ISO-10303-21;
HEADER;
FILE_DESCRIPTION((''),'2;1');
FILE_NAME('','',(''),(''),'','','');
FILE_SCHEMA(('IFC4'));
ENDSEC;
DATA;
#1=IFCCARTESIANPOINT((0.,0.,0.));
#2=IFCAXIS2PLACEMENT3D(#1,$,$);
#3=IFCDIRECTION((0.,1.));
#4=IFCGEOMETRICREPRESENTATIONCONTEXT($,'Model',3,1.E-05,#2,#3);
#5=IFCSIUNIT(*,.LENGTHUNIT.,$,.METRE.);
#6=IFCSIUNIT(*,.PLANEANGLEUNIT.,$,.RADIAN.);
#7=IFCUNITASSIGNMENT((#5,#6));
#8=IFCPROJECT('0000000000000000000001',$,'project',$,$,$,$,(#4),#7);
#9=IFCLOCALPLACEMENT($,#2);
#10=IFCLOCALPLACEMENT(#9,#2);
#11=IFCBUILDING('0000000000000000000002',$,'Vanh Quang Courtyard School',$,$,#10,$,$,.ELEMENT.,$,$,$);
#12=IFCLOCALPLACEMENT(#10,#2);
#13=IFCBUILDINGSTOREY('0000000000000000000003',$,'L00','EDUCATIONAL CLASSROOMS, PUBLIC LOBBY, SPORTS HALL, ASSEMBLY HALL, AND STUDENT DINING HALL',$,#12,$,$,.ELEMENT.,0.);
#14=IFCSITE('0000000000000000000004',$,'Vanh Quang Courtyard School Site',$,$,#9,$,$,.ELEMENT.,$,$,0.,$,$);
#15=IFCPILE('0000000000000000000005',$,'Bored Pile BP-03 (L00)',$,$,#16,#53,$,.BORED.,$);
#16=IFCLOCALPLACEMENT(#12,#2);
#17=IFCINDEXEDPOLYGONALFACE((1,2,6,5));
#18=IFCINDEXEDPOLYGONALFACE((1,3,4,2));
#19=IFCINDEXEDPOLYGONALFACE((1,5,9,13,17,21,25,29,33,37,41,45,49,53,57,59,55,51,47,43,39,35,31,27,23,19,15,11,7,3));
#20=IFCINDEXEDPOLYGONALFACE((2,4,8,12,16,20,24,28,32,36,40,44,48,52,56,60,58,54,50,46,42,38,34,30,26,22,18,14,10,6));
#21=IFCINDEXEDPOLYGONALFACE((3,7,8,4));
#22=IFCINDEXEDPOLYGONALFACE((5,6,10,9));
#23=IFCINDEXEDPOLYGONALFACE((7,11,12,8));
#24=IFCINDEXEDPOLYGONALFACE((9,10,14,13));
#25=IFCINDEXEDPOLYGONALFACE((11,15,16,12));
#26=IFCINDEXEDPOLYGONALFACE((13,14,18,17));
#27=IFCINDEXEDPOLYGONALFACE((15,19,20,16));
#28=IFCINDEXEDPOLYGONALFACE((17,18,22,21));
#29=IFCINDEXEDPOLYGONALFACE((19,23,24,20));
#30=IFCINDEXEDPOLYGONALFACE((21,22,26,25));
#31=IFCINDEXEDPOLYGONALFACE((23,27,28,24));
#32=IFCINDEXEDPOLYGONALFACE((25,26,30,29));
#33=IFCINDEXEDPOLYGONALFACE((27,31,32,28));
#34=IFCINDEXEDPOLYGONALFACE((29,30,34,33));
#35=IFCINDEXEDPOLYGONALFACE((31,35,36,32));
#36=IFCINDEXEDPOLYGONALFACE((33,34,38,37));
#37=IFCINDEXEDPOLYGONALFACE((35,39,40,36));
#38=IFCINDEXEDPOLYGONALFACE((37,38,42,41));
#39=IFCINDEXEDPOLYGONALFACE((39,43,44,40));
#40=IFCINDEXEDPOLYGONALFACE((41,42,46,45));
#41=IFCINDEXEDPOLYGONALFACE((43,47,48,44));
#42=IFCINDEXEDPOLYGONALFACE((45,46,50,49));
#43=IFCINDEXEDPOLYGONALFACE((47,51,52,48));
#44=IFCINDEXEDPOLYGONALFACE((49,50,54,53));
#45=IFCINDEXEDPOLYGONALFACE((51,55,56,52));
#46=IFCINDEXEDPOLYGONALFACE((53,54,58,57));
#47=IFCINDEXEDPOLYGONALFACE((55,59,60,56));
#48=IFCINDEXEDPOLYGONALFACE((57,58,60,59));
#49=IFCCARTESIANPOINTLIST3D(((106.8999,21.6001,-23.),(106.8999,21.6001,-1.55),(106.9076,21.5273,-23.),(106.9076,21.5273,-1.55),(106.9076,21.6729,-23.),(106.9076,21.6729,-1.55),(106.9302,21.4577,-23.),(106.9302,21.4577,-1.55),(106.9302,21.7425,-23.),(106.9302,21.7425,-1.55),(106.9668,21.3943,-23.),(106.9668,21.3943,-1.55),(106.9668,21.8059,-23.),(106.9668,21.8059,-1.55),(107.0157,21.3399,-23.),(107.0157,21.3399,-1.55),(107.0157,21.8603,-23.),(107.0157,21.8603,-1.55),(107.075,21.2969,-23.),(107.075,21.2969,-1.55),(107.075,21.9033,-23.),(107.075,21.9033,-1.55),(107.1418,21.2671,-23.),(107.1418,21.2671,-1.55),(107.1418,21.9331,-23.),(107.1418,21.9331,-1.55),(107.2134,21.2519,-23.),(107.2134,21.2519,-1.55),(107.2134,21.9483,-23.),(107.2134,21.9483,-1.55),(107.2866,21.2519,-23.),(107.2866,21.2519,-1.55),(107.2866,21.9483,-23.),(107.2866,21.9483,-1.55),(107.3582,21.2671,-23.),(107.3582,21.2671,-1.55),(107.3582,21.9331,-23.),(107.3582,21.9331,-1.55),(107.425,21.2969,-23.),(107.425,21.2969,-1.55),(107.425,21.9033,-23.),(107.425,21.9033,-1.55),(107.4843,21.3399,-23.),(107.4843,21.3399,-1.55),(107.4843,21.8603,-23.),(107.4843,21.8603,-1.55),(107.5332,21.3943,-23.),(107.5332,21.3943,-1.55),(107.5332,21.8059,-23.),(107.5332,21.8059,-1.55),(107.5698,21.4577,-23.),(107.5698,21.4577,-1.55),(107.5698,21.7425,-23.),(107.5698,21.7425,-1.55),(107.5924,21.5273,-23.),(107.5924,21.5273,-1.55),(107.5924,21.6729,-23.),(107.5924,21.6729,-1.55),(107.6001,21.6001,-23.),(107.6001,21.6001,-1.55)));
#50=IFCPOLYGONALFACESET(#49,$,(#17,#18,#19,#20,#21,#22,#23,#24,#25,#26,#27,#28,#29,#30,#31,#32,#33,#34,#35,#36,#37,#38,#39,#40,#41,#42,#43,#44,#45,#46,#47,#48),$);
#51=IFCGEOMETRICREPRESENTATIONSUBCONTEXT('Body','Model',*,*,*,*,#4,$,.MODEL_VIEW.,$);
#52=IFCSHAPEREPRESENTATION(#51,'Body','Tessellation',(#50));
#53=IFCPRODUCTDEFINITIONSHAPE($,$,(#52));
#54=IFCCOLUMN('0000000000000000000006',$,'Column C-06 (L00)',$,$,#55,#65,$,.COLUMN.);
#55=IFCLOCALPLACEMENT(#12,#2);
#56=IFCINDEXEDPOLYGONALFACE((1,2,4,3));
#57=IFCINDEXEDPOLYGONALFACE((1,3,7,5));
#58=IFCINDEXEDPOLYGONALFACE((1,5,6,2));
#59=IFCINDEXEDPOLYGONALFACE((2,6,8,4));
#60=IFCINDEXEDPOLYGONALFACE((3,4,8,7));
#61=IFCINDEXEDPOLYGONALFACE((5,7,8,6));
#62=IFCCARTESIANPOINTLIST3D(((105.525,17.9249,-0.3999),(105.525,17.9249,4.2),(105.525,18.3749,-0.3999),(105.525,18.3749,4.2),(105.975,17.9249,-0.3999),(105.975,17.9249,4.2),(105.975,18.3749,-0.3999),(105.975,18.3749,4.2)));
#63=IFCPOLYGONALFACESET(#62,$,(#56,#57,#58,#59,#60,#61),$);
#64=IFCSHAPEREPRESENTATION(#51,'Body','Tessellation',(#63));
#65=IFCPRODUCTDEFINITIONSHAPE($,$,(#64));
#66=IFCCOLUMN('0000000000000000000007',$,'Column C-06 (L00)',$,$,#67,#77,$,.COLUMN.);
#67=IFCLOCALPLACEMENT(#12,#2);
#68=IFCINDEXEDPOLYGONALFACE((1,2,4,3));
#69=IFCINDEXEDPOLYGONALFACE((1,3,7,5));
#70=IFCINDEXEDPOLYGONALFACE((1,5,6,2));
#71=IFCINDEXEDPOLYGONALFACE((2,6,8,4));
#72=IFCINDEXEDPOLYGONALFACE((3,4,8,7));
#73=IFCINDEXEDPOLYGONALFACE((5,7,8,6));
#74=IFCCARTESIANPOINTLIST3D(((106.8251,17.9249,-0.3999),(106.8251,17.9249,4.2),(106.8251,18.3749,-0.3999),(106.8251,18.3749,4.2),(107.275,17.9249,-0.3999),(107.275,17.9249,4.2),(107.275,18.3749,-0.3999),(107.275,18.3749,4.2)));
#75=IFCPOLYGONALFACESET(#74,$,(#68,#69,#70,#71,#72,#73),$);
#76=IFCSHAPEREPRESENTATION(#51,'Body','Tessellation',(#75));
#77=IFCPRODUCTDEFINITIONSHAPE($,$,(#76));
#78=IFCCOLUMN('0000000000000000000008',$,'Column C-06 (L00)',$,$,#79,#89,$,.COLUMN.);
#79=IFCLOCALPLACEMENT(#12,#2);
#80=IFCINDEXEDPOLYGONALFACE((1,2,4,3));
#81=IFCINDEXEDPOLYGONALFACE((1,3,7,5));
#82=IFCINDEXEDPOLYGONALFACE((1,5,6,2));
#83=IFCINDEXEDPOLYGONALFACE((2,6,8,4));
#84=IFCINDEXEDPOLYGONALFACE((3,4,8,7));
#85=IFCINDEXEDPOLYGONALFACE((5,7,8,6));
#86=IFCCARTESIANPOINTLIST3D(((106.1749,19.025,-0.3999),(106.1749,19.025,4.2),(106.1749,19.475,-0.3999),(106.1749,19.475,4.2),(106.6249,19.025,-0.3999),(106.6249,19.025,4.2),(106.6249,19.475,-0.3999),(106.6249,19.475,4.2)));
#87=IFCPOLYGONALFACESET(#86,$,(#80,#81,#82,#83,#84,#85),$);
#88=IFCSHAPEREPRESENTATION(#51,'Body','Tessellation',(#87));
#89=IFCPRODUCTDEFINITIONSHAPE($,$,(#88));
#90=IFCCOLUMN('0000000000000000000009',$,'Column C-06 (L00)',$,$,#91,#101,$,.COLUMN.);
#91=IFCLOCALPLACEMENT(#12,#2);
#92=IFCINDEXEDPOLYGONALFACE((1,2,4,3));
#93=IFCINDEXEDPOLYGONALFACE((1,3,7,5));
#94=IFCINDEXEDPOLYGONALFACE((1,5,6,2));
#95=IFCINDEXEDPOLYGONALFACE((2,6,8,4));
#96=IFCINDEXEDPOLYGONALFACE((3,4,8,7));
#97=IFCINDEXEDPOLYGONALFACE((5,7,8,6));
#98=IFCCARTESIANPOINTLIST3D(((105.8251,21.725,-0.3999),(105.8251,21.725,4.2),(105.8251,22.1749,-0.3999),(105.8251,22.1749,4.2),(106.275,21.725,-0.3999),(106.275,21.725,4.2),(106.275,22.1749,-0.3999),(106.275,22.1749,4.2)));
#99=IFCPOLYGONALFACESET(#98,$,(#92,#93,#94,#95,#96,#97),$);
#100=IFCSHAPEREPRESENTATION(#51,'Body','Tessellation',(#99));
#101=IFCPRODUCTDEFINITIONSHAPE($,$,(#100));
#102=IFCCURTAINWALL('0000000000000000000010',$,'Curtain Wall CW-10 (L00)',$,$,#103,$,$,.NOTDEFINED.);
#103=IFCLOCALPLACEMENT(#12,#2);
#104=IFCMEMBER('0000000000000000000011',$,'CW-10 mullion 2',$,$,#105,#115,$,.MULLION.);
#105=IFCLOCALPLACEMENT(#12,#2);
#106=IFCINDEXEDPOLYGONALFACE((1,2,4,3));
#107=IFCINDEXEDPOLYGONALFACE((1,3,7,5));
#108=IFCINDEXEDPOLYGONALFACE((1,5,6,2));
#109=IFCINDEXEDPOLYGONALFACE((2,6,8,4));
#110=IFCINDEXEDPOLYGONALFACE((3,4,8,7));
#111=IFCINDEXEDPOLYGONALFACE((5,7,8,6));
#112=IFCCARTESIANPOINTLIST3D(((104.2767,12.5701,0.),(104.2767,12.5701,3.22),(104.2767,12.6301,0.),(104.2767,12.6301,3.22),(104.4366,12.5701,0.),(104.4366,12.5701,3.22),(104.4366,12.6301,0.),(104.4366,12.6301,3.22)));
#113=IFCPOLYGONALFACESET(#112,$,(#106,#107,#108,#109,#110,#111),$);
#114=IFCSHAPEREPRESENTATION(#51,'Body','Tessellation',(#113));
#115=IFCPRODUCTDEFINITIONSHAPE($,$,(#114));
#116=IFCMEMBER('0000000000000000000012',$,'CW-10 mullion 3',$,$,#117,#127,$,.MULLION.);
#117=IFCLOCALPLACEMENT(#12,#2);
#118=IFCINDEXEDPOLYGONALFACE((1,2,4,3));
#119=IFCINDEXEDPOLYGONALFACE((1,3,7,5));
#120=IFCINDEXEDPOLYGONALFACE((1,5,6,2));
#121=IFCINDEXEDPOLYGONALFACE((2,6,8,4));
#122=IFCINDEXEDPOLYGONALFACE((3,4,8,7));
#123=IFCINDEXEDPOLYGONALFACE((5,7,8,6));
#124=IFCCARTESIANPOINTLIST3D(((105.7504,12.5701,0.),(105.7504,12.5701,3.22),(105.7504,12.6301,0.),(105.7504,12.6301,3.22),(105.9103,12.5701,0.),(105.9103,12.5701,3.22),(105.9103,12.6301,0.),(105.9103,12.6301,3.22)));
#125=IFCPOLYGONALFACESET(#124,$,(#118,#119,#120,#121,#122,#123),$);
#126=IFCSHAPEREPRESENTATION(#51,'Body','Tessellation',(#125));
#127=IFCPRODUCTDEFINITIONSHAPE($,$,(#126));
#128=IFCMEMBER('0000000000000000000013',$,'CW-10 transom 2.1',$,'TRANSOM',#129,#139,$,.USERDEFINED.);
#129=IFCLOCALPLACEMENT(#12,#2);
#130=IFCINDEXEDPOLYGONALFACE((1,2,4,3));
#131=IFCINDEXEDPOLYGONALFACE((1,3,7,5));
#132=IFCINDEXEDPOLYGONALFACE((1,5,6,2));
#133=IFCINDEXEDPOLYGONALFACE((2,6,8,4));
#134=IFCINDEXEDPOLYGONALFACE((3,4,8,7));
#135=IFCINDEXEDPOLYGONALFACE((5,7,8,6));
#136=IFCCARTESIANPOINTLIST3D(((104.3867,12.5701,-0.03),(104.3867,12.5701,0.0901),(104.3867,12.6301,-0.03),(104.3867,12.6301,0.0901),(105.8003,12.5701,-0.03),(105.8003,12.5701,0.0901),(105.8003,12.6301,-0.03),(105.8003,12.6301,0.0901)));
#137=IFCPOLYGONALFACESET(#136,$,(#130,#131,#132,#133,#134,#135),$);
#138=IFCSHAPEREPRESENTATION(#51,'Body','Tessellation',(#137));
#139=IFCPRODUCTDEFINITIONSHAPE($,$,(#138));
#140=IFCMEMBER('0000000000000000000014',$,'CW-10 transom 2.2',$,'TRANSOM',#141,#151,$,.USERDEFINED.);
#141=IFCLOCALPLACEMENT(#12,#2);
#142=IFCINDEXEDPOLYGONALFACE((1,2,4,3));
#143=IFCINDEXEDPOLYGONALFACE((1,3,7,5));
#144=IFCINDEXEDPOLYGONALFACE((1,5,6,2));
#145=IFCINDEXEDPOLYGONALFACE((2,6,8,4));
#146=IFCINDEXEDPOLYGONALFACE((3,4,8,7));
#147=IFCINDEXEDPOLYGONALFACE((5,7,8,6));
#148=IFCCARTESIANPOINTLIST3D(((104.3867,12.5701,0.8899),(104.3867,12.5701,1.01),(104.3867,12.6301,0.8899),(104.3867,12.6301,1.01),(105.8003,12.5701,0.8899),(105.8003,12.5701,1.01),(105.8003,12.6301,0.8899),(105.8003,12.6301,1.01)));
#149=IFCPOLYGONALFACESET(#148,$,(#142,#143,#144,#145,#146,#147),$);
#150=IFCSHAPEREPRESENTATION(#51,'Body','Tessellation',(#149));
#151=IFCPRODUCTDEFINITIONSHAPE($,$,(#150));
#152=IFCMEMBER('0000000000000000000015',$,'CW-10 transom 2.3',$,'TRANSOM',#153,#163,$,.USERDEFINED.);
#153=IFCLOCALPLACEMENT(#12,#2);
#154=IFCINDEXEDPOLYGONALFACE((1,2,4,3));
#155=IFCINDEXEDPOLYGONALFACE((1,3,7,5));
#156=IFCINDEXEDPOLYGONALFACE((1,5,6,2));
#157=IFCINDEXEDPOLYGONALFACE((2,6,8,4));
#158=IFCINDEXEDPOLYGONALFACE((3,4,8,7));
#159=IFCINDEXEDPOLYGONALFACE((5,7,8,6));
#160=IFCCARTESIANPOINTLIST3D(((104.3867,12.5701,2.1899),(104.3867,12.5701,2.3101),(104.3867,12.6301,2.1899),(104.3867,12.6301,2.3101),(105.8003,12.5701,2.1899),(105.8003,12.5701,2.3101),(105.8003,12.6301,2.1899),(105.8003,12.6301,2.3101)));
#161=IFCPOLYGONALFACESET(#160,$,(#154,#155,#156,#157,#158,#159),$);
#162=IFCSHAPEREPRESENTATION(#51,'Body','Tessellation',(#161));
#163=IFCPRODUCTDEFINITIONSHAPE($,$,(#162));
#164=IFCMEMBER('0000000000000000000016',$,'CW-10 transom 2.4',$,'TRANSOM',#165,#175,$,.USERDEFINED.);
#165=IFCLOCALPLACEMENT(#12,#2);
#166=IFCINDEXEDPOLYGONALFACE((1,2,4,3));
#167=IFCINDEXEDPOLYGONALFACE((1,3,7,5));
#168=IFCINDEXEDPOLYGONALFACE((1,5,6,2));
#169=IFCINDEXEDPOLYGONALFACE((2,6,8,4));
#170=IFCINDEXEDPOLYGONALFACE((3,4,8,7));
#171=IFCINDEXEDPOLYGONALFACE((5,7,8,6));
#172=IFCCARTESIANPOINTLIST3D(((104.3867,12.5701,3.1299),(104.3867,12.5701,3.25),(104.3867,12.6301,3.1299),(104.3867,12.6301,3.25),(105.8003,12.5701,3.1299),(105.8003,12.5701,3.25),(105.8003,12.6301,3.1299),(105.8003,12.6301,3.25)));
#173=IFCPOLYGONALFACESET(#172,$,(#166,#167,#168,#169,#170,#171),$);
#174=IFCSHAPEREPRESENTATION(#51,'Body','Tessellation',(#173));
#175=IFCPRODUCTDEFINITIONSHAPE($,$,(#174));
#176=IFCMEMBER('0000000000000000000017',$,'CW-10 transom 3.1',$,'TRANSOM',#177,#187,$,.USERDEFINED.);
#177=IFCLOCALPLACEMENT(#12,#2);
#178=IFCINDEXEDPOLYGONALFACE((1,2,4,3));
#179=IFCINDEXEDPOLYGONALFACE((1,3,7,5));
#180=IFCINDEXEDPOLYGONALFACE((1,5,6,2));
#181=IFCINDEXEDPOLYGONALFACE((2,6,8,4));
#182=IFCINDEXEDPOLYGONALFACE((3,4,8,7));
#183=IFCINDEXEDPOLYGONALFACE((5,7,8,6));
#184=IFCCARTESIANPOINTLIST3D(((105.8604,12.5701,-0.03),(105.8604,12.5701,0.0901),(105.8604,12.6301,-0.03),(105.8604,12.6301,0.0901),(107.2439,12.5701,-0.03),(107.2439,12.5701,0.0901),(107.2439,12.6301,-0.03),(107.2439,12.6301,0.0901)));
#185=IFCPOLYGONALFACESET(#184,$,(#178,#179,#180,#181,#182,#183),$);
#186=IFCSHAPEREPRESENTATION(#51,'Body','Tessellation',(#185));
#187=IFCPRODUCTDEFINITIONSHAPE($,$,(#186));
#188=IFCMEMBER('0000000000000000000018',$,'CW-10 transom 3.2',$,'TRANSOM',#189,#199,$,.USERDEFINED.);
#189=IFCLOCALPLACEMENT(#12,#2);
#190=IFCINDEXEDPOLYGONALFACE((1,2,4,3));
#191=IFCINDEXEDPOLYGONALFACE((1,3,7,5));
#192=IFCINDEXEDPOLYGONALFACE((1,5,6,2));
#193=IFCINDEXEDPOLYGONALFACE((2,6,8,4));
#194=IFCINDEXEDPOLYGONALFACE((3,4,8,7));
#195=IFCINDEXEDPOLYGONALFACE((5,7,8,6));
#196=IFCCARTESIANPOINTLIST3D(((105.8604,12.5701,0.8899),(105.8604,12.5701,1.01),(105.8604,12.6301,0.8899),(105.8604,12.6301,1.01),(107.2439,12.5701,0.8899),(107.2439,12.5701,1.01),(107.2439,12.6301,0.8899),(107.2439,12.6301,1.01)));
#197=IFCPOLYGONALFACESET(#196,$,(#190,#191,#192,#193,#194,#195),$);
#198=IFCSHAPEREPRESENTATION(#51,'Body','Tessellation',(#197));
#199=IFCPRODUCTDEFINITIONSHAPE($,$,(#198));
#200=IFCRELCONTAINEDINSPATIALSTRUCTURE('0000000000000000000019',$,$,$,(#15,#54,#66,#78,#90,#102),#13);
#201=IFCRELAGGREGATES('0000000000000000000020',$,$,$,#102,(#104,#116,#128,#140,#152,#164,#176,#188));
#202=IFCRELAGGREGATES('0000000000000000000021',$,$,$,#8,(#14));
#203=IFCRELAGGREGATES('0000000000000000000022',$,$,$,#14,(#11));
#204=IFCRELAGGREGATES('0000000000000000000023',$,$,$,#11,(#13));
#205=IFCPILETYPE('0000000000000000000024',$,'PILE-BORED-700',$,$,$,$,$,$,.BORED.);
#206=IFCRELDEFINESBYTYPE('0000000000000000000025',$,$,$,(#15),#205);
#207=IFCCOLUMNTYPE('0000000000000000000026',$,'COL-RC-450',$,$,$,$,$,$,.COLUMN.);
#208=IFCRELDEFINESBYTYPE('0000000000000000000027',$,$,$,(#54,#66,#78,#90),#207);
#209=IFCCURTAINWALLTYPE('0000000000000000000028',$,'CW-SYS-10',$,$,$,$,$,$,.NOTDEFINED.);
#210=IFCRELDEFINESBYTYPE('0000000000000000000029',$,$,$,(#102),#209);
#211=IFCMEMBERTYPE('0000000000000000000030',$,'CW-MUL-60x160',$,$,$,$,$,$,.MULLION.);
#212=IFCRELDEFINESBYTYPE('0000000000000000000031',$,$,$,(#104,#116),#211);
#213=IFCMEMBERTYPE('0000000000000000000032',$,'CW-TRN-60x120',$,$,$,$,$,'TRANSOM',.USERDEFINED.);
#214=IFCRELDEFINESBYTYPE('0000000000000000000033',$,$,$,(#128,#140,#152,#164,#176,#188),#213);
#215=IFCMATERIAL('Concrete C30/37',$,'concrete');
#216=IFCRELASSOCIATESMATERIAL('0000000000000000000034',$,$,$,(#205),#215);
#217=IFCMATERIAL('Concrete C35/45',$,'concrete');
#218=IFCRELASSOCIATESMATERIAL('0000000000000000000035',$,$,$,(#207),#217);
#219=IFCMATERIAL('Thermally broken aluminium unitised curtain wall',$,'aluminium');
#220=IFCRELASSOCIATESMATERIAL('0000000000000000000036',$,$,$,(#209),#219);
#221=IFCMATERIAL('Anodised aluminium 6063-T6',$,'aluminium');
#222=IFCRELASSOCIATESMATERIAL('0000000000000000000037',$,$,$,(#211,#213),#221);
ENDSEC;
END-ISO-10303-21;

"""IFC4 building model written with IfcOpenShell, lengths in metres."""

from ifc_helpers import new_model, si_unit, direction, frame, origin, origin_2d, place, context, subcontext, project, spatial, rectangle, circle, extrude, material, material_profile, profile_set, type_object, element, aggregate, save


model = new_model("IFC4")

# Units and contexts
model_context = context("Model", 3, precision=1e-05, world=origin(), true_north=direction((0.0, 1.0)))
body_context = subcontext(model_context, "Body", "Model", "MODEL_VIEW")
ifc_project = project(units=[si_unit("LENGTHUNIT", "METRE"), si_unit("PLANEANGLEUNIT", "RADIAN")], contexts=[model_context])

# Site, building, storey
site_placement = place(None, origin())
site = spatial("IfcSite", under=ifc_project, at=site_placement, Name="Vanh Quang Courtyard School Site", CompositionType="ELEMENT", RefElevation=0.0)
building_placement = place(site_placement, origin())
building = spatial("IfcBuilding", under=site, at=building_placement, Name="Vanh Quang Courtyard School", CompositionType="ELEMENT")
storey_placement = place(building_placement, origin())
storey = spatial("IfcBuildingStorey", under=building, at=storey_placement, Name="L00", Description="EDUCATIONAL CLASSROOMS, PUBLIC LOBBY, SPORTS HALL, ASSEMBLY HALL, AND STUDENT DINING HALL", CompositionType="ELEMENT", Elevation=0.0)

# Shared definitions
ifc_material_1 = material(Name="Concrete C35/45", Category="concrete")

# Pile
ifc_material_2 = material(Name="Concrete C30/37", Category="concrete")
ifc_material_profile_1 = material_profile(ifc_material_2, circle(Radius=0.3501, at=origin_2d()), Name="PILE D700")
ifc_profile_set_1 = profile_set([ifc_material_profile_1], Name="Concrete C30/37")
pile_type = type_object("IfcPileType", Name="PILE-BORED-700", PredefinedType="BORED", material=ifc_profile_set_1)
for number, where, z_axis, x_axis, name in (
    (1, (107.25, 21.6001, -1.55), (0.0, 0.0, -1.0), (1.0, 0.0, 0.0), "Bored Pile BP-03 (L00)"),
):
    element("IfcPile", number, at=place(storey_placement, frame(where, z_axis=z_axis, x_axis=x_axis)), inside=storey, type_object=pile_type, Name=name, PredefinedType="BORED", context=body_context, shape_type="SweptSolid", body=[
        extrude(circle(Radius=0.3501, at=origin_2d()), origin(), (0.0, 0.0, 1.0), 21.45),
    ])

# Columns
ifc_material_profile_2 = material_profile(ifc_material_1, rectangle(XDim=0.45, YDim=0.45, at=origin_2d()), Name="RC-COL 450x450")
ifc_profile_set_2 = profile_set([ifc_material_profile_2], Name="Concrete C35/45")
column_type = type_object("IfcColumnType", Name="COL-RC-450", PredefinedType="COLUMN", material=ifc_profile_set_2)
for number, where, z_axis, x_axis, name in (
    (2, (105.75, 18.1499, -0.3999), (0.0, 0.0, 1.0), (1.0, 0.0, 0.0), "Column C-06 (L00)"),
    (3, (107.05, 18.1499, -0.3999), (0.0, 0.0, 1.0), (1.0, 0.0, 0.0), "Column C-06 (L00)"),
    (4, (106.3999, 19.25, -0.3999), (0.0, 0.0, 1.0), (1.0, 0.0, 0.0), "Column C-06 (L00)"),
    (5, (106.05, 21.95, -0.3999), (0.0, 0.0, 1.0), (1.0, 0.0, 0.0), "Column C-06 (L00)"),
):
    element("IfcColumn", number, at=place(storey_placement, frame(where, z_axis=z_axis, x_axis=x_axis)), inside=storey, type_object=column_type, Name=name, PredefinedType="COLUMN", context=body_context, shape_type="SweptSolid", body=[
        extrude(rectangle(XDim=0.45, YDim=0.45, at=origin_2d()), origin(), (0.0, 0.0, 1.0), 4.5999),
    ])

# Curtain wall, members
ifc_material_3 = material(Name="Thermally broken aluminium unitised curtain wall", Category="aluminium")
curtain_wall_type = type_object("IfcCurtainWallType", Name="CW-SYS-10", PredefinedType="NOTDEFINED", material=ifc_material_3)
curtain_wall_placement = place(storey_placement, origin())
curtain_wall = element("IfcCurtainWall", 6, at=curtain_wall_placement, inside=storey, type_object=curtain_wall_type, Name="Curtain Wall CW-10 (L00)", PredefinedType="NOTDEFINED")
ifc_material_4 = material(Name="Anodised aluminium 6063-T6", Category="aluminium")
ifc_material_profile_3 = material_profile(ifc_material_4, rectangle(XDim=0.0601, YDim=0.1599, at=origin_2d()), Name="ALU-MUL 60x160")
ifc_profile_set_3 = profile_set([ifc_material_profile_3], Name="Anodised aluminium 6063-T6")
member_type_1 = type_object("IfcMemberType", Name="CW-MUL-60x160", PredefinedType="MULLION", material=ifc_profile_set_3)
member_1_placement = place(storey_placement, frame((104.3567, 12.6001, 0.0), z_axis=(0.0, 0.0, 1.0), x_axis=(0.0, 1.0, 0.0)))
member_1 = element("IfcMember", 7, at=member_1_placement, type_object=member_type_1, Name="CW-10 mullion 2", PredefinedType="MULLION", context=body_context, shape_type="SweptSolid", body=[
    extrude(rectangle(XDim=0.0601, YDim=0.1599, at=origin_2d()), origin(), (0.0, 0.0, 1.0), 3.22),
])
member_2_placement = place(storey_placement, frame((105.8303, 12.6001, 0.0), z_axis=(0.0, 0.0, 1.0), x_axis=(0.0, 1.0, 0.0)))
member_2 = element("IfcMember", 8, at=member_2_placement, type_object=member_type_1, Name="CW-10 mullion 3", PredefinedType="MULLION", context=body_context, shape_type="SweptSolid", body=[
    extrude(rectangle(XDim=0.0601, YDim=0.1599, at=origin_2d()), origin(), (0.0, 0.0, 1.0), 3.22),
])
ifc_material_profile_4 = material_profile(ifc_material_4, rectangle(XDim=0.0601, YDim=0.1201, at=origin_2d()), Name="ALU-TRN 60x120")
ifc_profile_set_4 = profile_set([ifc_material_profile_4], Name="Anodised aluminium 6063-T6")
member_type_2 = type_object("IfcMemberType", Name="CW-TRN-60x120", ElementType="TRANSOM", PredefinedType="USERDEFINED", material=ifc_profile_set_4)
member_3_placement = place(storey_placement, frame((104.3867, 12.6001, 0.03), z_axis=(1.0, 0.0, 0.0), x_axis=(0.0, 1.0, 0.0)))
member_3 = element("IfcMember", 9, at=member_3_placement, type_object=member_type_2, Name="CW-10 transom 2.1", ObjectType="TRANSOM", PredefinedType="USERDEFINED", context=body_context, shape_type="SweptSolid", body=[
    extrude(rectangle(XDim=0.0601, YDim=0.1201, at=origin_2d()), origin(), (0.0, 0.0, 1.0), 1.4136),
])
member_4_placement = place(storey_placement, frame((104.3867, 12.6001, 0.95), z_axis=(1.0, 0.0, 0.0), x_axis=(0.0, 1.0, 0.0)))
member_4 = element("IfcMember", 10, at=member_4_placement, type_object=member_type_2, Name="CW-10 transom 2.2", ObjectType="TRANSOM", PredefinedType="USERDEFINED", context=body_context, shape_type="SweptSolid", body=[
    extrude(rectangle(XDim=0.0601, YDim=0.1201, at=origin_2d()), origin(), (0.0, 0.0, 1.0), 1.4136),
])
member_5_placement = place(storey_placement, frame((104.3867, 12.6001, 2.25), z_axis=(1.0, 0.0, 0.0), x_axis=(0.0, 1.0, 0.0)))
member_5 = element("IfcMember", 11, at=member_5_placement, type_object=member_type_2, Name="CW-10 transom 2.3", ObjectType="TRANSOM", PredefinedType="USERDEFINED", context=body_context, shape_type="SweptSolid", body=[
    extrude(rectangle(XDim=0.0601, YDim=0.1201, at=origin_2d()), origin(), (0.0, 0.0, 1.0), 1.4136),
])
member_6_placement = place(storey_placement, frame((104.3867, 12.6001, 3.1899), z_axis=(1.0, 0.0, 0.0), x_axis=(0.0, 1.0, 0.0)))
member_6 = element("IfcMember", 12, at=member_6_placement, type_object=member_type_2, Name="CW-10 transom 2.4", ObjectType="TRANSOM", PredefinedType="USERDEFINED", context=body_context, shape_type="SweptSolid", body=[
    extrude(rectangle(XDim=0.0601, YDim=0.1201, at=origin_2d()), origin(), (0.0, 0.0, 1.0), 1.4136),
])
member_7_placement = place(storey_placement, frame((105.8604, 12.6001, 0.03), z_axis=(1.0, 0.0, 0.0), x_axis=(0.0, 1.0, 0.0)))
member_7 = element("IfcMember", 13, at=member_7_placement, type_object=member_type_2, Name="CW-10 transom 3.1", ObjectType="TRANSOM", PredefinedType="USERDEFINED", context=body_context, shape_type="SweptSolid", body=[
    extrude(rectangle(XDim=0.0601, YDim=0.1201, at=origin_2d()), origin(), (0.0, 0.0, 1.0), 1.3835),
])
member_8_placement = place(storey_placement, frame((105.8604, 12.6001, 0.95), z_axis=(1.0, 0.0, 0.0), x_axis=(0.0, 1.0, 0.0)))
member_8 = element("IfcMember", 14, at=member_8_placement, type_object=member_type_2, Name="CW-10 transom 3.2", ObjectType="TRANSOM", PredefinedType="USERDEFINED", context=body_context, shape_type="SweptSolid", body=[
    extrude(rectangle(XDim=0.0601, YDim=0.1201, at=origin_2d()), origin(), (0.0, 0.0, 1.0), 1.3835),
])
aggregate(curtain_wall, [member_1, member_2, member_3, member_4, member_5, member_6, member_7, member_8])

save(model, "model.ifc")
